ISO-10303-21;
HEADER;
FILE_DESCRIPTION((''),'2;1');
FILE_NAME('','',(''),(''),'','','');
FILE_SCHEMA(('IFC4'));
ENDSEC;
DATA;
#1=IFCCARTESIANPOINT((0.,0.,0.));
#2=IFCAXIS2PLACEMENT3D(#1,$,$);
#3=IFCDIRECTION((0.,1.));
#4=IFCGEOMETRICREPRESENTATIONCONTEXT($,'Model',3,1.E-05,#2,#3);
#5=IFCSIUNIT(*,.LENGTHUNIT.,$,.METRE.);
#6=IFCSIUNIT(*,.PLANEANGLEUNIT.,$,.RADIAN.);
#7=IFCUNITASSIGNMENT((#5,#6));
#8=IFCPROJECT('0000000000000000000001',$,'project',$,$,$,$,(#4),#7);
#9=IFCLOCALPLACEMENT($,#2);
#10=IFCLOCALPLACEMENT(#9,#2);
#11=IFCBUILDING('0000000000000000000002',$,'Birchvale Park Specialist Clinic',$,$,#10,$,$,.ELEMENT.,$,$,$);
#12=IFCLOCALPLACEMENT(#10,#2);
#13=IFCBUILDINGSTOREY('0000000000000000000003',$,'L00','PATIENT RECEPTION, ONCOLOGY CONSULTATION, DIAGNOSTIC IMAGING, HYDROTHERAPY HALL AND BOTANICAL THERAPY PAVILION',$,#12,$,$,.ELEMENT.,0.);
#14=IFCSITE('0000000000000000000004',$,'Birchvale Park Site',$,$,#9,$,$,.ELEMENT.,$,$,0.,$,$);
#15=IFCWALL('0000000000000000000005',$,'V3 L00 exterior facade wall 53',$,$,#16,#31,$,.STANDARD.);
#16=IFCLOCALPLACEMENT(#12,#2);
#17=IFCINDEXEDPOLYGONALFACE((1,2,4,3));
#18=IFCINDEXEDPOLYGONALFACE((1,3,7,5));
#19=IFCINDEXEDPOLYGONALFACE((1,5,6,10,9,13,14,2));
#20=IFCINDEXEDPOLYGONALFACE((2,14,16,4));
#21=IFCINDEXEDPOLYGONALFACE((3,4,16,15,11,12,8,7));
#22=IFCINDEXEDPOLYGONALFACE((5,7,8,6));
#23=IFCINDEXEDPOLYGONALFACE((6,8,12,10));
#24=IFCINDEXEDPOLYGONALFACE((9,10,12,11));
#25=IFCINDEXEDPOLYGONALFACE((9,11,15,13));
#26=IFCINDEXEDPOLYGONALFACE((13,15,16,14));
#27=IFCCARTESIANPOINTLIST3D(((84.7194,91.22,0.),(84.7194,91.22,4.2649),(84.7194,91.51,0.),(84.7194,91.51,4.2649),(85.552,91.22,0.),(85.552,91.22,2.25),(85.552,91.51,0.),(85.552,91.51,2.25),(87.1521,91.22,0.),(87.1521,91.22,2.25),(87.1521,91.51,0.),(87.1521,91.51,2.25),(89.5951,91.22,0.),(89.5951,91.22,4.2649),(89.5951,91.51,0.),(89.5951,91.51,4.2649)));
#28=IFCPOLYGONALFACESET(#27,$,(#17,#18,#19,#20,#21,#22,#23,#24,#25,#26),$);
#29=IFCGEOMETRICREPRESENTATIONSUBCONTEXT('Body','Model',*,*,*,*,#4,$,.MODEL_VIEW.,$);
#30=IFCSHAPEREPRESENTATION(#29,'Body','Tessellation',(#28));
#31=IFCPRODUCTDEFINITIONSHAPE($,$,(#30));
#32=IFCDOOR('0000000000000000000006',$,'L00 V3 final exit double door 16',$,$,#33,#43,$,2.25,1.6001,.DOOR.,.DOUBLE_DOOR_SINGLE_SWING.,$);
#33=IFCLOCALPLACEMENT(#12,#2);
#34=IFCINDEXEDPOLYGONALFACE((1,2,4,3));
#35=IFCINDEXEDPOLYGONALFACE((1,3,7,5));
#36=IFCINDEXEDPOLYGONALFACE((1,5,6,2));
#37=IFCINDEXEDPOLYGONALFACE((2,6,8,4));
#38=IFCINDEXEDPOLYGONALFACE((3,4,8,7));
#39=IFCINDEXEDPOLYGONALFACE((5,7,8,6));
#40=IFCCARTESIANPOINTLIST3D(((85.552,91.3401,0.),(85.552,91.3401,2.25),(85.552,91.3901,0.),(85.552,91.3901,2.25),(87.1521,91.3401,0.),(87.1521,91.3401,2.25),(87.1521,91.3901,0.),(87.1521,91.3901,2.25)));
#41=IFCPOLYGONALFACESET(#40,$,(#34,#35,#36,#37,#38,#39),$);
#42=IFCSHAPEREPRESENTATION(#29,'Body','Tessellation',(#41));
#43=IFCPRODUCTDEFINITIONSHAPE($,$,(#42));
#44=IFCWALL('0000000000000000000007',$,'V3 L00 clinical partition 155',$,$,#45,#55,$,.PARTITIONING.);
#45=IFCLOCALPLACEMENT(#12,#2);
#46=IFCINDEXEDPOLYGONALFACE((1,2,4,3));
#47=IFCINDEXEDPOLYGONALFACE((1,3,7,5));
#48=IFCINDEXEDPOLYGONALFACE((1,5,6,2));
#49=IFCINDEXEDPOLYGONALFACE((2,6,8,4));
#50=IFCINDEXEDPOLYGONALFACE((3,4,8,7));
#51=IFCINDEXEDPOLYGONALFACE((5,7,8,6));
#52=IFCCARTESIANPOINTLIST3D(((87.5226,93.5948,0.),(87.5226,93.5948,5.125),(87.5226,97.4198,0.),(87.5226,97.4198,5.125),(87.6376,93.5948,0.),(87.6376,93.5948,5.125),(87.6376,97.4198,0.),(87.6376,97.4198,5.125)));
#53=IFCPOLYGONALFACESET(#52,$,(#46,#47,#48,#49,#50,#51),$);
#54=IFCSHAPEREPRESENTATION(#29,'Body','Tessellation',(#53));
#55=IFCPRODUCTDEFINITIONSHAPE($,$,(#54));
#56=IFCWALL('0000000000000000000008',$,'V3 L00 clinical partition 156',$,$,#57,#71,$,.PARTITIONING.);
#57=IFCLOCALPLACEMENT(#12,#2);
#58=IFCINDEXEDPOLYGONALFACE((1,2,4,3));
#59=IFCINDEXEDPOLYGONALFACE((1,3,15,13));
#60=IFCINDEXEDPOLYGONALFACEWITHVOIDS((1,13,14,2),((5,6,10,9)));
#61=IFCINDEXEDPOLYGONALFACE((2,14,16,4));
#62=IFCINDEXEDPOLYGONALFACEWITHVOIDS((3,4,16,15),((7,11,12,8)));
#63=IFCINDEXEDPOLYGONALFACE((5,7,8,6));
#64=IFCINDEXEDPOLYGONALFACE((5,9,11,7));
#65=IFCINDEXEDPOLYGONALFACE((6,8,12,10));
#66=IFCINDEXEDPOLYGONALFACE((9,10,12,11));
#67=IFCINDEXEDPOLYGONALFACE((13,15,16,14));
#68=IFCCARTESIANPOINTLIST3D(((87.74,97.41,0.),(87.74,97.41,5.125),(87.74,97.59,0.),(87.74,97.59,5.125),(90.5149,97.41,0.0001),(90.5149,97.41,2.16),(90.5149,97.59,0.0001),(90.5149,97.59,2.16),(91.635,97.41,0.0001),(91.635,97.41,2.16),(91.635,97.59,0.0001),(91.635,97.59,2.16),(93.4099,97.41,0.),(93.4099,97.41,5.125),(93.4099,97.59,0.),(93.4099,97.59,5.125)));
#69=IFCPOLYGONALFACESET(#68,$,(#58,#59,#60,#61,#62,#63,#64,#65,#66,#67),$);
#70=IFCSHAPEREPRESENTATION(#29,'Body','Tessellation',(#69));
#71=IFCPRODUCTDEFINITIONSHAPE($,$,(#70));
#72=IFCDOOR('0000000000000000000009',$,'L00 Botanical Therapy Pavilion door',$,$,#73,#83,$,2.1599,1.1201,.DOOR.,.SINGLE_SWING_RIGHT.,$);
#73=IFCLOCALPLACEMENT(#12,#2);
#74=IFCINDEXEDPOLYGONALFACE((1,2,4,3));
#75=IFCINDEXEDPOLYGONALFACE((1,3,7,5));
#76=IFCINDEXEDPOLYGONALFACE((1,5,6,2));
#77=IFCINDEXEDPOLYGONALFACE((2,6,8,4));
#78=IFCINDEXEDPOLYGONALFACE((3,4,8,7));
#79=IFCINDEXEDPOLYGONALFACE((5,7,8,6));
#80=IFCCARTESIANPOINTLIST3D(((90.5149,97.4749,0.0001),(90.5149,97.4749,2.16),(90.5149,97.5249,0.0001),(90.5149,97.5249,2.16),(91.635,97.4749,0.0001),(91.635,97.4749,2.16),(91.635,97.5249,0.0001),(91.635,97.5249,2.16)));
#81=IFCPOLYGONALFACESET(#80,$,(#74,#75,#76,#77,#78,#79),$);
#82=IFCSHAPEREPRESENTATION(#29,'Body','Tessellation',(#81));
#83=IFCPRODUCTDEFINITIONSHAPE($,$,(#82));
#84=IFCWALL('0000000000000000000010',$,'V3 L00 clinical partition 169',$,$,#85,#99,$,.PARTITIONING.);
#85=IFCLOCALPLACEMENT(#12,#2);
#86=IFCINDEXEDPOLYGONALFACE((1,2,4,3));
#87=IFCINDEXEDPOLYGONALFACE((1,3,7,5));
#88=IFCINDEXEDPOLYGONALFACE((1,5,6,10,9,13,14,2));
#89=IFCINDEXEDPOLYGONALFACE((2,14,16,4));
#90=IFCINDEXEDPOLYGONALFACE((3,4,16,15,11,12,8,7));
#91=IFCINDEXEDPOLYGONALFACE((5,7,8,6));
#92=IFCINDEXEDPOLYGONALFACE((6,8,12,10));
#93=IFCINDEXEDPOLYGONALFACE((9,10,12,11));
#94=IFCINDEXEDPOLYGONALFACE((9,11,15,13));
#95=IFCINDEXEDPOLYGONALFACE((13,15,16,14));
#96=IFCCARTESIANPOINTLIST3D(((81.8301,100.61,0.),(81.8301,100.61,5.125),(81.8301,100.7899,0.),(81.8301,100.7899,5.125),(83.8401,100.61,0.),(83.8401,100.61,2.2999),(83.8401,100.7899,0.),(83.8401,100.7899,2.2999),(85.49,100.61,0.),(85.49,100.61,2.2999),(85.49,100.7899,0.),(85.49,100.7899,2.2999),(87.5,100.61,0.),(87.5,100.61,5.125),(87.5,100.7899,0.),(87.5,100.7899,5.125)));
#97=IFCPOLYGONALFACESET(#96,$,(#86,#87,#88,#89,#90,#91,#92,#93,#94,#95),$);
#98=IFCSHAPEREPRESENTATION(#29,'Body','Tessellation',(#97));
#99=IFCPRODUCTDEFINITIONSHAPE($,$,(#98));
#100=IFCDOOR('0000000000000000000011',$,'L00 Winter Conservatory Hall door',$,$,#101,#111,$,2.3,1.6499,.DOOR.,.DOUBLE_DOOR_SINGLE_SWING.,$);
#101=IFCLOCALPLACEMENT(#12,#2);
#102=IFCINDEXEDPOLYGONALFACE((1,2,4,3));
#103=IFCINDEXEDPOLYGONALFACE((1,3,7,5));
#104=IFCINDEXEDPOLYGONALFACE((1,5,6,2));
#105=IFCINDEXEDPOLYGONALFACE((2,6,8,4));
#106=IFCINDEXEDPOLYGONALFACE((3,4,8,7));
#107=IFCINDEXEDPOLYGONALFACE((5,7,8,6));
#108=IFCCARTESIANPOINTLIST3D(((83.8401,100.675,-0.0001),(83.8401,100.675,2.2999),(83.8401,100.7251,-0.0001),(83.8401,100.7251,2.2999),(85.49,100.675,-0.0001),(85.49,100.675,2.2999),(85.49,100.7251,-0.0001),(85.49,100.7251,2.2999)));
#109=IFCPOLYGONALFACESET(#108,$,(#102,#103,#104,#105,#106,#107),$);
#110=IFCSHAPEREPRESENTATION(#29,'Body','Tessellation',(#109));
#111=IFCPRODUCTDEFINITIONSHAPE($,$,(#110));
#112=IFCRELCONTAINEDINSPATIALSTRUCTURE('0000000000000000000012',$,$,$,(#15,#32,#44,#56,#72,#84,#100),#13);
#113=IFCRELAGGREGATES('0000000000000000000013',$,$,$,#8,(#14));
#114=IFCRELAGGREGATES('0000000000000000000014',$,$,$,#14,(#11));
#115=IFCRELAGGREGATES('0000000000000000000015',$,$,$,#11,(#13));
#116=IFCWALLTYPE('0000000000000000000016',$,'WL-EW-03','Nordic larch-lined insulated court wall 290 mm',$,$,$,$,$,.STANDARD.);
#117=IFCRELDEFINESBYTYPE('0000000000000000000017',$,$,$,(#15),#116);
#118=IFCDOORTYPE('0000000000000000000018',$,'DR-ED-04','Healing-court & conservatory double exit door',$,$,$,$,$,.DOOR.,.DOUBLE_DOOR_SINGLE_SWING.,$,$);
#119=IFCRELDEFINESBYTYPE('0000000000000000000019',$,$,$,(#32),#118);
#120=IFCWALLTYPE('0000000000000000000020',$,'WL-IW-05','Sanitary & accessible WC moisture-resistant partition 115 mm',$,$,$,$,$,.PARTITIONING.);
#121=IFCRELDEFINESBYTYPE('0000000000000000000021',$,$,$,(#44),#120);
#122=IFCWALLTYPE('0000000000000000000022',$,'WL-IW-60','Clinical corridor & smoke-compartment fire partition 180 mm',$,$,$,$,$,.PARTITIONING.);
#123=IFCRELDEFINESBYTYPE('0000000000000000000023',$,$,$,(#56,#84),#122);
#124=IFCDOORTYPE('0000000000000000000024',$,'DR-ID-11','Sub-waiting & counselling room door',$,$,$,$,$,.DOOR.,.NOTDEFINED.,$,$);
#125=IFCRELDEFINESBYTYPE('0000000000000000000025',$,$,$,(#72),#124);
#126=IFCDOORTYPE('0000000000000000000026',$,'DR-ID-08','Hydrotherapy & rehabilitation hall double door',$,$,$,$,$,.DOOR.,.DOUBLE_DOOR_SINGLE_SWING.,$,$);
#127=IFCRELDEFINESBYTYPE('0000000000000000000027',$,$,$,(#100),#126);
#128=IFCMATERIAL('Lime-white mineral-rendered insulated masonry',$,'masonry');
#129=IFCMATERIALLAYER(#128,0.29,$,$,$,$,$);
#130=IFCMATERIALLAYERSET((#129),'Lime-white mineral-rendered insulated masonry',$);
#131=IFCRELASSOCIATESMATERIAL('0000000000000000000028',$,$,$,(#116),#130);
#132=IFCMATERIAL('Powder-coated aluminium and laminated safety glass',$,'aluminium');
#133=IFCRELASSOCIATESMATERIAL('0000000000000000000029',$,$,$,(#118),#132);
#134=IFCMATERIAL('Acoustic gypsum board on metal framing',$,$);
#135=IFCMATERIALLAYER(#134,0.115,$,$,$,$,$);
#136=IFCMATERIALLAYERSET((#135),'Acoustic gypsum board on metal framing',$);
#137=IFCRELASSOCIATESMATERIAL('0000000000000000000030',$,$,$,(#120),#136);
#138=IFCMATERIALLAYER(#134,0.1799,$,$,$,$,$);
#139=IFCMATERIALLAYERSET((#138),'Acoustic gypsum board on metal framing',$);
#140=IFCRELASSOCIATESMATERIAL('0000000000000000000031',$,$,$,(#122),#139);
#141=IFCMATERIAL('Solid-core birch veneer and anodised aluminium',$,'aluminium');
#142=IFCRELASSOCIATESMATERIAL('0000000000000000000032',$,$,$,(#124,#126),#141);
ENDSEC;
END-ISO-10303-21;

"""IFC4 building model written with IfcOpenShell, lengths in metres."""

from ifc_helpers import new_model, si_unit, direction, frame, frame_2d, origin, place, context, subcontext, project, spatial, rectangle, extrude, material, layer, layer_set, type_object, element, fill, save


model = new_model("IFC4")

# Units and contexts
model_context = context("Model", 3, precision=1e-05, world=origin(), true_north=direction((0.0, 1.0)))
body_context = subcontext(model_context, "Body", "Model", "MODEL_VIEW")
ifc_project = project(units=[si_unit("LENGTHUNIT", "METRE"), si_unit("PLANEANGLEUNIT", "RADIAN")], contexts=[model_context])

# Site, building, storey
site_placement = place(None, origin())
site = spatial("IfcSite", under=ifc_project, at=site_placement, Name="Birchvale Park Site", CompositionType="ELEMENT", RefElevation=0.0)
building_placement = place(site_placement, origin())
building = spatial("IfcBuilding", under=site, at=building_placement, Name="Birchvale Park Specialist Clinic", CompositionType="ELEMENT")
storey_placement = place(building_placement, origin())
storey = spatial("IfcBuildingStorey", under=building, at=storey_placement, Name="L00", Description="PATIENT RECEPTION, ONCOLOGY CONSULTATION, DIAGNOSTIC IMAGING, HYDROTHERAPY HALL AND BOTANICAL THERAPY PAVILION", CompositionType="ELEMENT", Elevation=0.0)

# Wall, opening, door
ifc_material_1 = material(Name="Lime-white mineral-rendered insulated masonry", Category="masonry")
ifc_layer_1 = layer(ifc_material_1, 0.29)
ifc_layer_set_1 = layer_set([ifc_layer_1], Name="Lime-white mineral-rendered insulated masonry")
wall_type_1 = type_object("IfcWallType", Name="WL-EW-03", Description="Nordic larch-lined insulated court wall 290 mm", PredefinedType="STANDARD", material=ifc_layer_set_1)
wall_1_placement = place(storey_placement, frame((84.7192, 91.365, 0.0), z_axis=(0.0, 0.0, 1.0), x_axis=(1.0, 0.0, 0.0)))
wall_1 = element("IfcWall", 1, at=wall_1_placement, inside=storey, type_object=wall_type_1, Name="V3 L00 exterior facade wall 53", PredefinedType="STANDARD", context=body_context, shape_type="SweptSolid", body=[
    extrude(rectangle(XDim=4.8757, YDim=0.29, at=frame_2d((2.438, 0.0))), origin(), (0.0, 0.0, 1.0), 4.2649),
])
opening_1_placement = place(wall_1_placement, frame((0.8328, 0.0, 0.0)))
opening_1 = element("IfcOpeningElement", 2, at=opening_1_placement, cuts=wall_1, PredefinedType="OPENING", context=body_context, shape_type="SweptSolid", body=[
    extrude(rectangle(XDim=1.6001, YDim=2.25, at=frame_2d((0.8, 1.125))), frame((0.0, 0.155, 0.0), z_axis=(0.0, -1.0, 0.0), x_axis=(1.0, 0.0, 0.0)), (0.0, 0.0, 1.0), 0.3101),
])
ifc_material_2 = material(Name="Powder-coated aluminium and laminated safety glass", Category="aluminium")
door_type_1 = type_object("IfcDoorType", Name="DR-ED-04", Description="Healing-court & conservatory double exit door", OperationType="DOUBLE_DOOR_SINGLE_SWING", PredefinedType="DOOR", material=ifc_material_2)
door_1_placement = place(opening_1_placement, frame((1.6001, 0.0, 0.0), z_axis=(0.0, 0.0, 1.0), x_axis=(-1.0, 0.0, 0.0)))
door_1 = element("IfcDoor", 3, at=door_1_placement, inside=storey, type_object=door_type_1, Name="L00 V3 final exit double door 16", OperationType="DOUBLE_DOOR_SINGLE_SWING", OverallHeight=2.25, OverallWidth=1.6001, PredefinedType="DOOR", context=body_context, shape_type="SweptSolid", body=[
    extrude(rectangle(XDim=1.6001, YDim=2.25, at=frame_2d((0.8, 1.125))), frame((0.0, 0.0249, 0.0), z_axis=(0.0, -1.0, 0.0), x_axis=(1.0, 0.0, 0.0)), (0.0, 0.0, 1.0), 0.05),
])
fill(opening_1, door_1)

# Wall
ifc_material_3 = material(Name="Acoustic gypsum board on metal framing")
ifc_layer_2 = layer(ifc_material_3, 0.115)
ifc_layer_set_2 = layer_set([ifc_layer_2], Name="Acoustic gypsum board on metal framing")
wall_type_2 = type_object("IfcWallType", Name="WL-IW-05", Description="Sanitary & accessible WC moisture-resistant partition 115 mm", PredefinedType="PARTITIONING", material=ifc_layer_set_2)
wall_2_placement = place(storey_placement, frame((87.5801, 97.4199, 0.0), z_axis=(0.0, 0.0, 1.0), x_axis=(0.0, -1.0, 0.0)))
element("IfcWall", 4, at=wall_2_placement, inside=storey, type_object=wall_type_2, Name="V3 L00 clinical partition 155", PredefinedType="PARTITIONING", context=body_context, shape_type="SweptSolid", body=[
    extrude(rectangle(XDim=3.825, YDim=0.115, at=frame_2d((1.9126, 0.0))), origin(), (0.0, 0.0, 1.0), 5.125),
])

# Walls, openings, doors
ifc_layer_3 = layer(ifc_material_3, 0.1799)
ifc_layer_set_3 = layer_set([ifc_layer_3], Name="Acoustic gypsum board on metal framing")
wall_type_3 = type_object("IfcWallType", Name="WL-IW-60", Description="Clinical corridor & smoke-compartment fire partition 180 mm", PredefinedType="PARTITIONING", material=ifc_layer_set_3)
wall_3_placement = place(storey_placement, frame((87.74, 97.5, 0.0), z_axis=(0.0, 0.0, 1.0), x_axis=(1.0, 0.0, 0.0)))
wall_3 = element("IfcWall", 5, at=wall_3_placement, inside=storey, type_object=wall_type_3, Name="V3 L00 clinical partition 156", PredefinedType="PARTITIONING", context=body_context, shape_type="SweptSolid", body=[
    extrude(rectangle(XDim=5.6699, YDim=0.1799, at=frame_2d((2.835, 0.0))), origin(), (0.0, 0.0, 1.0), 5.125),
])
opening_2_placement = place(wall_3_placement, frame((2.7749, 0.0, 0.0)))
opening_2 = element("IfcOpeningElement", 6, at=opening_2_placement, cuts=wall_3, PredefinedType="OPENING", context=body_context, shape_type="SweptSolid", body=[
    extrude(rectangle(XDim=1.1201, YDim=2.1599, at=frame_2d((0.5601, 1.0801))), frame((0.0, 0.1001, 0.0), z_axis=(0.0, -1.0, 0.0), x_axis=(1.0, 0.0, 0.0)), (0.0, 0.0, 1.0), 0.2),
])
ifc_material_4 = material(Name="Solid-core birch veneer and anodised aluminium", Category="aluminium")
door_type_2 = type_object("IfcDoorType", Name="DR-ID-11", Description="Sub-waiting & counselling room door", OperationType="NOTDEFINED", PredefinedType="DOOR", material=ifc_material_4)
door_2_placement = place(opening_2_placement, origin())
door_2 = element("IfcDoor", 7, at=door_2_placement, inside=storey, type_object=door_type_2, Name="L00 Botanical Therapy Pavilion door", OperationType="SINGLE_SWING_RIGHT", OverallHeight=2.1599, OverallWidth=1.1201, PredefinedType="DOOR", context=body_context, shape_type="SweptSolid", body=[
    extrude(rectangle(XDim=1.1201, YDim=2.1599, at=frame_2d((0.5601, 1.0801))), frame((0.0, 0.0249, 0.0), z_axis=(0.0, -1.0, 0.0), x_axis=(1.0, 0.0, 0.0)), (0.0, 0.0, 1.0), 0.05),
])
fill(opening_2, door_2)
wall_4_placement = place(storey_placement, frame((87.5, 100.7, 0.0), z_axis=(0.0, 0.0, 1.0), x_axis=(-1.0, 0.0, 0.0)))
wall_4 = element("IfcWall", 8, at=wall_4_placement, inside=storey, type_object=wall_type_3, Name="V3 L00 clinical partition 169", PredefinedType="PARTITIONING", context=body_context, shape_type="SweptSolid", body=[
    extrude(rectangle(XDim=5.6699, YDim=0.1799, at=frame_2d((2.835, 0.0))), origin(), (0.0, 0.0, 1.0), 5.125),
])
opening_3_placement = place(wall_4_placement, frame((2.01, 0.0, 0.0)))
opening_3 = element("IfcOpeningElement", 9, at=opening_3_placement, cuts=wall_4, PredefinedType="OPENING", context=body_context, shape_type="SweptSolid", body=[
    extrude(rectangle(XDim=1.6499, YDim=2.3, at=frame_2d((0.825, 1.1499))), frame((0.0, 0.1001, 0.0), z_axis=(0.0, -1.0, 0.0), x_axis=(1.0, 0.0, 0.0)), (0.0, 0.0, 1.0), 0.2),
])
door_type_3 = type_object("IfcDoorType", Name="DR-ID-08", Description="Hydrotherapy & rehabilitation hall double door", OperationType="DOUBLE_DOOR_SINGLE_SWING", PredefinedType="DOOR", material=ifc_material_4)
door_3_placement = place(opening_3_placement, origin())
door_3 = element("IfcDoor", 10, at=door_3_placement, inside=storey, type_object=door_type_3, Name="L00 Winter Conservatory Hall door", OperationType="DOUBLE_DOOR_SINGLE_SWING", OverallHeight=2.3, OverallWidth=1.6499, PredefinedType="DOOR", context=body_context, shape_type="SweptSolid", body=[
    extrude(rectangle(XDim=1.6499, YDim=2.3, at=frame_2d((0.825, 1.1499))), frame((0.0, 0.0249, 0.0), z_axis=(0.0, -1.0, 0.0), x_axis=(1.0, 0.0, 0.0)), (0.0, 0.0, 1.0), 0.05),
])
fill(opening_3, door_3)

save(model, "model.ifc")
